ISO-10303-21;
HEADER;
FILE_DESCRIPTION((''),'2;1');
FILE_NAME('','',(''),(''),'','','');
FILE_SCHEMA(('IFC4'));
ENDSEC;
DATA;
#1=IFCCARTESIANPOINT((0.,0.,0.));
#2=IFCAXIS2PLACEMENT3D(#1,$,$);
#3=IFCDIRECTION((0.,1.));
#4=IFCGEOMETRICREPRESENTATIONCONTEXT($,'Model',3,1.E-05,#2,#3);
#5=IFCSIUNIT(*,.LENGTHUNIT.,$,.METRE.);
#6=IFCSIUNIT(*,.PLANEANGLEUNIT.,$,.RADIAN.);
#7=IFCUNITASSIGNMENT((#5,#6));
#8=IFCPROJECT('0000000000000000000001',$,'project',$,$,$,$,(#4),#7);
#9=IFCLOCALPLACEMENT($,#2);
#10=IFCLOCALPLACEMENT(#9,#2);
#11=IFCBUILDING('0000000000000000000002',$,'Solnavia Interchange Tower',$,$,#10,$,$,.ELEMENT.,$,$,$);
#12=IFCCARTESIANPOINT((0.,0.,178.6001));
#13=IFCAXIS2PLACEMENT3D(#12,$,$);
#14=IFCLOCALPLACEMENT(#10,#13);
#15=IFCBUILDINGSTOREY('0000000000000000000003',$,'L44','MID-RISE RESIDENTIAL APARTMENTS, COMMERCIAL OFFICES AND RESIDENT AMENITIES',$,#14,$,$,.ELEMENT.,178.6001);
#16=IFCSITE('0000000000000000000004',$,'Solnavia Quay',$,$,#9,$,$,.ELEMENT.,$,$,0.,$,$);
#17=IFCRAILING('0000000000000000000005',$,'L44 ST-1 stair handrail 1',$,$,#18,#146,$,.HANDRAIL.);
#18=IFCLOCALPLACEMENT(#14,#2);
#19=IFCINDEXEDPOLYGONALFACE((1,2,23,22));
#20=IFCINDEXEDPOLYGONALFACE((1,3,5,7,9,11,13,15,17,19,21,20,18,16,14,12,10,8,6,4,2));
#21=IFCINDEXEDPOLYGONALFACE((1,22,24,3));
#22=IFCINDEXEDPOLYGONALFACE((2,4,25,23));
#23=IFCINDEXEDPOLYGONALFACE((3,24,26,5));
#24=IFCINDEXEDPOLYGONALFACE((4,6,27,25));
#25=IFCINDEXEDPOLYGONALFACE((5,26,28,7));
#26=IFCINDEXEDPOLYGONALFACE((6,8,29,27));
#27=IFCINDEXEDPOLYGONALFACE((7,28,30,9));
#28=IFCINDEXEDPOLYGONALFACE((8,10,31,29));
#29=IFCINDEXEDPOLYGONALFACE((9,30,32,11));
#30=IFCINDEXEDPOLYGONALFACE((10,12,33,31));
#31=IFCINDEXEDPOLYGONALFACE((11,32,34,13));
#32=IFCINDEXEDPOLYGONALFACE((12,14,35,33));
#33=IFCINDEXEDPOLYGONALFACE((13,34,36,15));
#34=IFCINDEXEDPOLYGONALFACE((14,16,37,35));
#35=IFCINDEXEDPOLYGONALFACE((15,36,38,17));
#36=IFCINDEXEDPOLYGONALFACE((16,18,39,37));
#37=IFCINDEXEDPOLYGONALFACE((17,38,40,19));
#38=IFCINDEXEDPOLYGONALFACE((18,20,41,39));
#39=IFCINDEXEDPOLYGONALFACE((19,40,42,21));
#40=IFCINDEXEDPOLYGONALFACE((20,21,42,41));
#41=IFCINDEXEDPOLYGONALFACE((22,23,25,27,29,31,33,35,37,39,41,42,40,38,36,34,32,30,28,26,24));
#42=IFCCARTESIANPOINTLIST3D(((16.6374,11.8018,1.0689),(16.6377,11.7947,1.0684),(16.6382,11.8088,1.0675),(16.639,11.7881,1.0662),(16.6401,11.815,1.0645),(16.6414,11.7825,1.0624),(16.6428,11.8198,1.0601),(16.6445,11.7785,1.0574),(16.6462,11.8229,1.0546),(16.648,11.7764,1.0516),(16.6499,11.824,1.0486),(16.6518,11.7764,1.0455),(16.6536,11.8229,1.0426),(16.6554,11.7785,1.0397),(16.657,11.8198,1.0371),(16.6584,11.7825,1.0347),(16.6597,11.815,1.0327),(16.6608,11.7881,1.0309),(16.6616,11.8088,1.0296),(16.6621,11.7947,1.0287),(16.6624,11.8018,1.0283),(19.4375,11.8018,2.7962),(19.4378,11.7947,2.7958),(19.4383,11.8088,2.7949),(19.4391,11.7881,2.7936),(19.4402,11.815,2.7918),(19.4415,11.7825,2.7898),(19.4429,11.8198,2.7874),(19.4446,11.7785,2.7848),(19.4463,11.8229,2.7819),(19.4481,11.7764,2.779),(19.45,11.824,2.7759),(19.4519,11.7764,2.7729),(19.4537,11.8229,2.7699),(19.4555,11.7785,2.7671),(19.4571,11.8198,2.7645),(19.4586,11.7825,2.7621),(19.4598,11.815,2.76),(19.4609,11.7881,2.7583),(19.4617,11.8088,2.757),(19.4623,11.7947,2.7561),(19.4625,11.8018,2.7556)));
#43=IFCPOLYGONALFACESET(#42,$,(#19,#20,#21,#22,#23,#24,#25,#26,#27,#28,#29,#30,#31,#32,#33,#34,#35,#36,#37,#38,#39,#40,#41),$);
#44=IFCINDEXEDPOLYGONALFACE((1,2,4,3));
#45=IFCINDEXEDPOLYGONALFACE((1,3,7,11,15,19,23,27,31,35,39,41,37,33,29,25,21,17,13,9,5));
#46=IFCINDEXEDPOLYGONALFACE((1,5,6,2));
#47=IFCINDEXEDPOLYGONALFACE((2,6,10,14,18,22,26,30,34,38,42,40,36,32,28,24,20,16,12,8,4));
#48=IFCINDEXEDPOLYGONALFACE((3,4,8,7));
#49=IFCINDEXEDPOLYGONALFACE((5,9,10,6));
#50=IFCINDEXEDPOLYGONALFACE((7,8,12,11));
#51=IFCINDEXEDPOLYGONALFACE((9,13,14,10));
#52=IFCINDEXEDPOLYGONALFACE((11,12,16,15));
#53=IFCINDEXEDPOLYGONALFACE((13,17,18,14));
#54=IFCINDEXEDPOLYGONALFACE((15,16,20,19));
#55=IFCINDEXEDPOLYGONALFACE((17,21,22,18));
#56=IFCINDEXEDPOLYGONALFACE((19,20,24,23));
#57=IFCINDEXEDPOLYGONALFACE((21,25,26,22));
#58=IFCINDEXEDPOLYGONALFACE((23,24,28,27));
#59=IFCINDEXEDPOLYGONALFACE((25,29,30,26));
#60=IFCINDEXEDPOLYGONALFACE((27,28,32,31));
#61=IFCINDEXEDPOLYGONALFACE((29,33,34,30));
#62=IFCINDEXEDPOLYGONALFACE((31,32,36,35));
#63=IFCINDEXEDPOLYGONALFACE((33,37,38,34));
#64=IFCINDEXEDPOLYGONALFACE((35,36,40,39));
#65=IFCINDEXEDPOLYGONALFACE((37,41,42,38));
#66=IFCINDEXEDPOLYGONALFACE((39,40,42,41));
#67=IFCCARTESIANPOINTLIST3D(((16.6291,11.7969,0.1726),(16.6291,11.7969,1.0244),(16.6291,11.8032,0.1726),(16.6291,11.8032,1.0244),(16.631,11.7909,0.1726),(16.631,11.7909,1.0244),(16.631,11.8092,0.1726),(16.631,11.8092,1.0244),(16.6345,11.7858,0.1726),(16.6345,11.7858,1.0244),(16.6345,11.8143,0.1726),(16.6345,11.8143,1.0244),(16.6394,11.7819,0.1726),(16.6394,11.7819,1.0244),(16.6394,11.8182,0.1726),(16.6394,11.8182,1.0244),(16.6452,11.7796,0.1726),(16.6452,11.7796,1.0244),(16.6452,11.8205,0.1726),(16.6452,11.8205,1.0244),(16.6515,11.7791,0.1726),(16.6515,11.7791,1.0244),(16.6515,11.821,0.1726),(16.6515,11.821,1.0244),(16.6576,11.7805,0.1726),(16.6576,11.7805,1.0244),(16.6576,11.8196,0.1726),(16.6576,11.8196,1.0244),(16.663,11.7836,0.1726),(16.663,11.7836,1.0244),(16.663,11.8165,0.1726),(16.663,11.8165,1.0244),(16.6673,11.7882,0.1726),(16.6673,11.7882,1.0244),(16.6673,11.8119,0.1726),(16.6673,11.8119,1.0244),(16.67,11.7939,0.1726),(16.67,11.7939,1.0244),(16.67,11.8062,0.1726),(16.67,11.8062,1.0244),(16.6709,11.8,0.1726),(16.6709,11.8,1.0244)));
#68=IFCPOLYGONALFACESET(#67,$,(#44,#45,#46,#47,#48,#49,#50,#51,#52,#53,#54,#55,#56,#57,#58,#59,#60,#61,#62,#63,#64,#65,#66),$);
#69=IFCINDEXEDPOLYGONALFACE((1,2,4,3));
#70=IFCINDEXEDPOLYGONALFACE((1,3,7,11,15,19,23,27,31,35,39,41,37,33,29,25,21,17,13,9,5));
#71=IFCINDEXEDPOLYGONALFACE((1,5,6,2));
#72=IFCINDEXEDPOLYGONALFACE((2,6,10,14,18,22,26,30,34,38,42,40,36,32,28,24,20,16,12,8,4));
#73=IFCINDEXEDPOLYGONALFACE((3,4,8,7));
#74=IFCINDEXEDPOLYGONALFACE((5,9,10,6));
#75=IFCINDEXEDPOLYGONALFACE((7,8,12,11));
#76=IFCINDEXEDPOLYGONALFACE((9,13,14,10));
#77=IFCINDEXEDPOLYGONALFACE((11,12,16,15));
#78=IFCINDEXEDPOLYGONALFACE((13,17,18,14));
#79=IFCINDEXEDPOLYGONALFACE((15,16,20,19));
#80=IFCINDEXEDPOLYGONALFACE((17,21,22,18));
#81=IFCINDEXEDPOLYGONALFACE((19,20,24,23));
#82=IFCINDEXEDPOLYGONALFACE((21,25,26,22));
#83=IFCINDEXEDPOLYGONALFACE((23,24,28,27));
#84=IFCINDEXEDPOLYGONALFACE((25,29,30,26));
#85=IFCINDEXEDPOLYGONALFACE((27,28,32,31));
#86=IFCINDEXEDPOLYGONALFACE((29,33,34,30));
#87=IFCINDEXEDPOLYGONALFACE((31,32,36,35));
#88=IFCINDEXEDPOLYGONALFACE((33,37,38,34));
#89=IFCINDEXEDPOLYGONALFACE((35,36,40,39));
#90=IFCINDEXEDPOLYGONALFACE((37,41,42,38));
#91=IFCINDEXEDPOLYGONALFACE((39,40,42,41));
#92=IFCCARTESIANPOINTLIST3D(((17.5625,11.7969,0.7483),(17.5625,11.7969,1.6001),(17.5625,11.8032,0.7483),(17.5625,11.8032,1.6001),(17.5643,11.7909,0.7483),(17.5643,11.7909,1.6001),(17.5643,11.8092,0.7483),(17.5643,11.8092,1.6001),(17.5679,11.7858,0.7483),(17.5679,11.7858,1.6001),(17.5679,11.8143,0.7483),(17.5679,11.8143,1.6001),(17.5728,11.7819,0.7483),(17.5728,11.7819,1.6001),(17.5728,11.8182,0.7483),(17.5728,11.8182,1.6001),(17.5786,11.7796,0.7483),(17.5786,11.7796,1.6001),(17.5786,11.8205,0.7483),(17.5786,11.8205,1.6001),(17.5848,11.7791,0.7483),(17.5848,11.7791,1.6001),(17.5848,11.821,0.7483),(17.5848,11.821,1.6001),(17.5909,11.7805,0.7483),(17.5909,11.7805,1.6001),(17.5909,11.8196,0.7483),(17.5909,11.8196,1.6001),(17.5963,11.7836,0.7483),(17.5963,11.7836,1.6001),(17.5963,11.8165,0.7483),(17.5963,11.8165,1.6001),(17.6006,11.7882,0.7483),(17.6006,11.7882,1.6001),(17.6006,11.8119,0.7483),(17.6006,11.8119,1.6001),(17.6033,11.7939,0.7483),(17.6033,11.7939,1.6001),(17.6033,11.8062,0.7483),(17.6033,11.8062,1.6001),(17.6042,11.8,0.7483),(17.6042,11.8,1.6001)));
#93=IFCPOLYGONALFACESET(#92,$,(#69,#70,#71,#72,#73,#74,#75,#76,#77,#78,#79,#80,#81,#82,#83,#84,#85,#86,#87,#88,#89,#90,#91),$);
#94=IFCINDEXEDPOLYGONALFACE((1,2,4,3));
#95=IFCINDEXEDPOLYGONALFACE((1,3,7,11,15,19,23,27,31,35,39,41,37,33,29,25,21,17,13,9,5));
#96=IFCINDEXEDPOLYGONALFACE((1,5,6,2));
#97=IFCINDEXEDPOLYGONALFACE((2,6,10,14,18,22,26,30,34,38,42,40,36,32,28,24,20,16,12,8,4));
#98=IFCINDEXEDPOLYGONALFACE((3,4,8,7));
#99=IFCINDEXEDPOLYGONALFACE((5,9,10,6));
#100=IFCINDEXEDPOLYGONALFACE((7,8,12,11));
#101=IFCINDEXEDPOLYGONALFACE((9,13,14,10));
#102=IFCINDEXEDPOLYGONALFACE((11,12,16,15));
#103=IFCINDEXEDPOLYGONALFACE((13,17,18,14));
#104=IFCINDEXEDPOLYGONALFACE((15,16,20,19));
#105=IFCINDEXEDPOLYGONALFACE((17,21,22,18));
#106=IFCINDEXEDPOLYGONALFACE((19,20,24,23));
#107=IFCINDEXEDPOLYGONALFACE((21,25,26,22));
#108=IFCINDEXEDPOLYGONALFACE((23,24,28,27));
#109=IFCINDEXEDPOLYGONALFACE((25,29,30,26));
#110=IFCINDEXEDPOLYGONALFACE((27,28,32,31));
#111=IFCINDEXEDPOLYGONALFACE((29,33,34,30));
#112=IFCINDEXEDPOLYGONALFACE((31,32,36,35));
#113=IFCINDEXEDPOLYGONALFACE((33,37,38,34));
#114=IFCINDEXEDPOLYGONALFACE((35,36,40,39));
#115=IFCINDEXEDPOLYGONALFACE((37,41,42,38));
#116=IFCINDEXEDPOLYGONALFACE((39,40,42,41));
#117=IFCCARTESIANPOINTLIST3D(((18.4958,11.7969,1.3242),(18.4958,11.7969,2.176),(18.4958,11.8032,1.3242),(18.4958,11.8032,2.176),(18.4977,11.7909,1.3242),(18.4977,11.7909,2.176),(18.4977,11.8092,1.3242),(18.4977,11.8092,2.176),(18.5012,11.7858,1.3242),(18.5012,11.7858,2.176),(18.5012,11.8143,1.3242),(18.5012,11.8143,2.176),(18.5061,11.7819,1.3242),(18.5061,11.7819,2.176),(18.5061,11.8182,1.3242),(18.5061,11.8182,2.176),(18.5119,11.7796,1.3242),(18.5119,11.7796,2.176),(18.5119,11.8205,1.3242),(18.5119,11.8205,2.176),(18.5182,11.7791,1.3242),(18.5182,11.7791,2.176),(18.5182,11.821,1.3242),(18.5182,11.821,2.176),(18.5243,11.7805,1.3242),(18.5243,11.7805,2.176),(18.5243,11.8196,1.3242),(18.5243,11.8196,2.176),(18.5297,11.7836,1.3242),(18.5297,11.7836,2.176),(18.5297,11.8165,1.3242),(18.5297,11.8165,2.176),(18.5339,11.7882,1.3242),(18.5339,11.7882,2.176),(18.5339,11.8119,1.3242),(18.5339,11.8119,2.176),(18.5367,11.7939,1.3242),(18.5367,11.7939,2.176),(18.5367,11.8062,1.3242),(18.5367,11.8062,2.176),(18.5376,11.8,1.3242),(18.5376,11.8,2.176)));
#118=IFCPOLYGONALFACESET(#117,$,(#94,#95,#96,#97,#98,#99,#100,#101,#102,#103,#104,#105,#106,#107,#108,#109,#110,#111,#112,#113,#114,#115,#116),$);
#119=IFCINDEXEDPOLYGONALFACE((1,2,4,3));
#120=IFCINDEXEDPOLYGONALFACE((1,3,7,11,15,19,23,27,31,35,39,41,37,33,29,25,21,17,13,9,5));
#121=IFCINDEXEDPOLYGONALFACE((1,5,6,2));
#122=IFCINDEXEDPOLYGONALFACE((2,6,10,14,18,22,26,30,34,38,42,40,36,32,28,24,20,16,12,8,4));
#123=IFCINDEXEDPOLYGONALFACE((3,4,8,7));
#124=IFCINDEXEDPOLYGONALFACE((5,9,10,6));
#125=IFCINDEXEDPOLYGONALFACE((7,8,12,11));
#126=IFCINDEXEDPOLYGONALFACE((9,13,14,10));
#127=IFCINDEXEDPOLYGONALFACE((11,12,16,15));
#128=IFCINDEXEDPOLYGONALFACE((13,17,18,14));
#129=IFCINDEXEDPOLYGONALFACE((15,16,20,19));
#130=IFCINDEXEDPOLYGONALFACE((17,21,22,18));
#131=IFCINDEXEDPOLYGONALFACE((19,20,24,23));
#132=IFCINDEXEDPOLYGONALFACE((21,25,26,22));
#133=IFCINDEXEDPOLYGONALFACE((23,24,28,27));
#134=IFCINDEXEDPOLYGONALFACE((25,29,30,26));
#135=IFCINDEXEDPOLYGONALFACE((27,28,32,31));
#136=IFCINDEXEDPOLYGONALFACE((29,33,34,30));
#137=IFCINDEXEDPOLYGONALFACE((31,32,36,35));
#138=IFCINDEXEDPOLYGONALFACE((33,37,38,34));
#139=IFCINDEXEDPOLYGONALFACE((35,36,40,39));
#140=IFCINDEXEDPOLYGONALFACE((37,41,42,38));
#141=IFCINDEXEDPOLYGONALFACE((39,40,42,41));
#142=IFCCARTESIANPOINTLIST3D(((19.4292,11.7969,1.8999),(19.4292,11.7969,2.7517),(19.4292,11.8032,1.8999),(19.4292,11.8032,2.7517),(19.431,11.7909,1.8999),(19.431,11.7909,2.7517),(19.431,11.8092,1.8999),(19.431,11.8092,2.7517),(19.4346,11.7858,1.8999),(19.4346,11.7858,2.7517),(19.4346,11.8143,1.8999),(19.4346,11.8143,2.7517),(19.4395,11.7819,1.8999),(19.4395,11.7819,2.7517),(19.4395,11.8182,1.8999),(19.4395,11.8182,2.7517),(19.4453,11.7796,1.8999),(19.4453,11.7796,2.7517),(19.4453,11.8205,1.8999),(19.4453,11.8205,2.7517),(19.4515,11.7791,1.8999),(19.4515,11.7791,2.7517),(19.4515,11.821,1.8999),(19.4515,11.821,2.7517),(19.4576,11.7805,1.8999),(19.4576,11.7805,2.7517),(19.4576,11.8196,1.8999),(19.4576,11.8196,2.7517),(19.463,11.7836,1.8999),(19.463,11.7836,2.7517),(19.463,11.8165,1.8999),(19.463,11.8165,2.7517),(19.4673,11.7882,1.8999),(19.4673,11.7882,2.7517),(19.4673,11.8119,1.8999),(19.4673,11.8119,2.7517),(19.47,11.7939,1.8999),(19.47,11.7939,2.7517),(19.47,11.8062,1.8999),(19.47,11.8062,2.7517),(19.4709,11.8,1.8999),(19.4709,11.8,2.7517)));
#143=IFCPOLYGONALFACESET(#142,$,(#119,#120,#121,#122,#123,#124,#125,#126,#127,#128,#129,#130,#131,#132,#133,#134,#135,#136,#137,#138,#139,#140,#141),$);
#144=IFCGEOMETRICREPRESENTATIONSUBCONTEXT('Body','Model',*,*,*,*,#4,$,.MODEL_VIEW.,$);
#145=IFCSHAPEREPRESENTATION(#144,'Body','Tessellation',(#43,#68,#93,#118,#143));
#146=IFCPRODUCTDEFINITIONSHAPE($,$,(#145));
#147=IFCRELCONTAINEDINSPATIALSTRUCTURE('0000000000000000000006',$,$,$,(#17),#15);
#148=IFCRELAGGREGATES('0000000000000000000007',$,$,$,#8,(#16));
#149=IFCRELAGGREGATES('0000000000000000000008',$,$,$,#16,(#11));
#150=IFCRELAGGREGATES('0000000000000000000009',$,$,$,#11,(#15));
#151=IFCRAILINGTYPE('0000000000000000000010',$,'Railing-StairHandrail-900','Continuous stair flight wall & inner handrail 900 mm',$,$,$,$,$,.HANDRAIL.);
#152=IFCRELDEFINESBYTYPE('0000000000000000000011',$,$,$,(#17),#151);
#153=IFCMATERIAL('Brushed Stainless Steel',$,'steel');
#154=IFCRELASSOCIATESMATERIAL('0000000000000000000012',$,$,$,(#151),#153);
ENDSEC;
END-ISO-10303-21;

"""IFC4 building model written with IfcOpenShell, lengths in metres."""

from ifc_helpers import new_model, si_unit, direction, frame, origin, origin_2d, place, context, subcontext, project, spatial, circle, extrude, material, type_object, element, save


model = new_model("IFC4")

# Units and contexts
model_context = context("Model", 3, precision=1e-05, world=origin(), true_north=direction((0.0, 1.0)))
body_context = subcontext(model_context, "Body", "Model", "MODEL_VIEW")
ifc_project = project(units=[si_unit("LENGTHUNIT", "METRE"), si_unit("PLANEANGLEUNIT", "RADIAN")], contexts=[model_context])

# Site, building, storey
site_placement = place(None, origin())
site = spatial("IfcSite", under=ifc_project, at=site_placement, Name="Solnavia Quay", CompositionType="ELEMENT", RefElevation=0.0)
building_placement = place(site_placement, origin())
building = spatial("IfcBuilding", under=site, at=building_placement, Name="Solnavia Interchange Tower", CompositionType="ELEMENT")
storey_placement = place(building_placement, frame((0.0, 0.0, 178.6001)))
storey = spatial("IfcBuildingStorey", under=building, at=storey_placement, Name="L44", Description="MID-RISE RESIDENTIAL APARTMENTS, COMMERCIAL OFFICES AND RESIDENT AMENITIES", CompositionType="ELEMENT", Elevation=178.6001)

# Railing
ifc_material_1 = material(Name="Brushed Stainless Steel", Category="steel")
railing_type_1 = type_object("IfcRailingType", Name="Railing-StairHandrail-900", Description="Continuous stair flight wall & inner handrail 900 mm", PredefinedType="HANDRAIL", material=ifc_material_1)
railing_1_placement = place(storey_placement, frame((16.6499, 11.8, 0.1726)))
element("IfcRailing", 1, at=railing_1_placement, inside=storey, type_object=railing_type_1, Name="L44 ST-1 stair handrail 1", PredefinedType="HANDRAIL", context=body_context, shape_type="SweptSolid", body=[
    extrude(circle(Radius=0.0239, at=origin_2d()), frame((0.0, 0.0, 0.876), z_axis=(0.85109, 0.0, 0.52502), x_axis=(0.0, 1.0, 0.0)), (0.0, 0.0, 1.0), 3.29),
    extrude(circle(Radius=0.021, at=origin_2d()), origin(), (0.0, 0.0, 1.0), 0.8518),
    extrude(circle(Radius=0.021, at=origin_2d()), frame((0.9333, 0.0, 0.5757)), (0.0, 0.0, 1.0), 0.8518),
    extrude(circle(Radius=0.021, at=origin_2d()), frame((1.8667, 0.0, 1.1516)), (0.0, 0.0, 1.0), 0.8518),
    extrude(circle(Radius=0.021, at=origin_2d()), frame((2.8, 0.0, 1.7273)), (0.0, 0.0, 1.0), 0.8518),
])

save(model, "model.ifc")
